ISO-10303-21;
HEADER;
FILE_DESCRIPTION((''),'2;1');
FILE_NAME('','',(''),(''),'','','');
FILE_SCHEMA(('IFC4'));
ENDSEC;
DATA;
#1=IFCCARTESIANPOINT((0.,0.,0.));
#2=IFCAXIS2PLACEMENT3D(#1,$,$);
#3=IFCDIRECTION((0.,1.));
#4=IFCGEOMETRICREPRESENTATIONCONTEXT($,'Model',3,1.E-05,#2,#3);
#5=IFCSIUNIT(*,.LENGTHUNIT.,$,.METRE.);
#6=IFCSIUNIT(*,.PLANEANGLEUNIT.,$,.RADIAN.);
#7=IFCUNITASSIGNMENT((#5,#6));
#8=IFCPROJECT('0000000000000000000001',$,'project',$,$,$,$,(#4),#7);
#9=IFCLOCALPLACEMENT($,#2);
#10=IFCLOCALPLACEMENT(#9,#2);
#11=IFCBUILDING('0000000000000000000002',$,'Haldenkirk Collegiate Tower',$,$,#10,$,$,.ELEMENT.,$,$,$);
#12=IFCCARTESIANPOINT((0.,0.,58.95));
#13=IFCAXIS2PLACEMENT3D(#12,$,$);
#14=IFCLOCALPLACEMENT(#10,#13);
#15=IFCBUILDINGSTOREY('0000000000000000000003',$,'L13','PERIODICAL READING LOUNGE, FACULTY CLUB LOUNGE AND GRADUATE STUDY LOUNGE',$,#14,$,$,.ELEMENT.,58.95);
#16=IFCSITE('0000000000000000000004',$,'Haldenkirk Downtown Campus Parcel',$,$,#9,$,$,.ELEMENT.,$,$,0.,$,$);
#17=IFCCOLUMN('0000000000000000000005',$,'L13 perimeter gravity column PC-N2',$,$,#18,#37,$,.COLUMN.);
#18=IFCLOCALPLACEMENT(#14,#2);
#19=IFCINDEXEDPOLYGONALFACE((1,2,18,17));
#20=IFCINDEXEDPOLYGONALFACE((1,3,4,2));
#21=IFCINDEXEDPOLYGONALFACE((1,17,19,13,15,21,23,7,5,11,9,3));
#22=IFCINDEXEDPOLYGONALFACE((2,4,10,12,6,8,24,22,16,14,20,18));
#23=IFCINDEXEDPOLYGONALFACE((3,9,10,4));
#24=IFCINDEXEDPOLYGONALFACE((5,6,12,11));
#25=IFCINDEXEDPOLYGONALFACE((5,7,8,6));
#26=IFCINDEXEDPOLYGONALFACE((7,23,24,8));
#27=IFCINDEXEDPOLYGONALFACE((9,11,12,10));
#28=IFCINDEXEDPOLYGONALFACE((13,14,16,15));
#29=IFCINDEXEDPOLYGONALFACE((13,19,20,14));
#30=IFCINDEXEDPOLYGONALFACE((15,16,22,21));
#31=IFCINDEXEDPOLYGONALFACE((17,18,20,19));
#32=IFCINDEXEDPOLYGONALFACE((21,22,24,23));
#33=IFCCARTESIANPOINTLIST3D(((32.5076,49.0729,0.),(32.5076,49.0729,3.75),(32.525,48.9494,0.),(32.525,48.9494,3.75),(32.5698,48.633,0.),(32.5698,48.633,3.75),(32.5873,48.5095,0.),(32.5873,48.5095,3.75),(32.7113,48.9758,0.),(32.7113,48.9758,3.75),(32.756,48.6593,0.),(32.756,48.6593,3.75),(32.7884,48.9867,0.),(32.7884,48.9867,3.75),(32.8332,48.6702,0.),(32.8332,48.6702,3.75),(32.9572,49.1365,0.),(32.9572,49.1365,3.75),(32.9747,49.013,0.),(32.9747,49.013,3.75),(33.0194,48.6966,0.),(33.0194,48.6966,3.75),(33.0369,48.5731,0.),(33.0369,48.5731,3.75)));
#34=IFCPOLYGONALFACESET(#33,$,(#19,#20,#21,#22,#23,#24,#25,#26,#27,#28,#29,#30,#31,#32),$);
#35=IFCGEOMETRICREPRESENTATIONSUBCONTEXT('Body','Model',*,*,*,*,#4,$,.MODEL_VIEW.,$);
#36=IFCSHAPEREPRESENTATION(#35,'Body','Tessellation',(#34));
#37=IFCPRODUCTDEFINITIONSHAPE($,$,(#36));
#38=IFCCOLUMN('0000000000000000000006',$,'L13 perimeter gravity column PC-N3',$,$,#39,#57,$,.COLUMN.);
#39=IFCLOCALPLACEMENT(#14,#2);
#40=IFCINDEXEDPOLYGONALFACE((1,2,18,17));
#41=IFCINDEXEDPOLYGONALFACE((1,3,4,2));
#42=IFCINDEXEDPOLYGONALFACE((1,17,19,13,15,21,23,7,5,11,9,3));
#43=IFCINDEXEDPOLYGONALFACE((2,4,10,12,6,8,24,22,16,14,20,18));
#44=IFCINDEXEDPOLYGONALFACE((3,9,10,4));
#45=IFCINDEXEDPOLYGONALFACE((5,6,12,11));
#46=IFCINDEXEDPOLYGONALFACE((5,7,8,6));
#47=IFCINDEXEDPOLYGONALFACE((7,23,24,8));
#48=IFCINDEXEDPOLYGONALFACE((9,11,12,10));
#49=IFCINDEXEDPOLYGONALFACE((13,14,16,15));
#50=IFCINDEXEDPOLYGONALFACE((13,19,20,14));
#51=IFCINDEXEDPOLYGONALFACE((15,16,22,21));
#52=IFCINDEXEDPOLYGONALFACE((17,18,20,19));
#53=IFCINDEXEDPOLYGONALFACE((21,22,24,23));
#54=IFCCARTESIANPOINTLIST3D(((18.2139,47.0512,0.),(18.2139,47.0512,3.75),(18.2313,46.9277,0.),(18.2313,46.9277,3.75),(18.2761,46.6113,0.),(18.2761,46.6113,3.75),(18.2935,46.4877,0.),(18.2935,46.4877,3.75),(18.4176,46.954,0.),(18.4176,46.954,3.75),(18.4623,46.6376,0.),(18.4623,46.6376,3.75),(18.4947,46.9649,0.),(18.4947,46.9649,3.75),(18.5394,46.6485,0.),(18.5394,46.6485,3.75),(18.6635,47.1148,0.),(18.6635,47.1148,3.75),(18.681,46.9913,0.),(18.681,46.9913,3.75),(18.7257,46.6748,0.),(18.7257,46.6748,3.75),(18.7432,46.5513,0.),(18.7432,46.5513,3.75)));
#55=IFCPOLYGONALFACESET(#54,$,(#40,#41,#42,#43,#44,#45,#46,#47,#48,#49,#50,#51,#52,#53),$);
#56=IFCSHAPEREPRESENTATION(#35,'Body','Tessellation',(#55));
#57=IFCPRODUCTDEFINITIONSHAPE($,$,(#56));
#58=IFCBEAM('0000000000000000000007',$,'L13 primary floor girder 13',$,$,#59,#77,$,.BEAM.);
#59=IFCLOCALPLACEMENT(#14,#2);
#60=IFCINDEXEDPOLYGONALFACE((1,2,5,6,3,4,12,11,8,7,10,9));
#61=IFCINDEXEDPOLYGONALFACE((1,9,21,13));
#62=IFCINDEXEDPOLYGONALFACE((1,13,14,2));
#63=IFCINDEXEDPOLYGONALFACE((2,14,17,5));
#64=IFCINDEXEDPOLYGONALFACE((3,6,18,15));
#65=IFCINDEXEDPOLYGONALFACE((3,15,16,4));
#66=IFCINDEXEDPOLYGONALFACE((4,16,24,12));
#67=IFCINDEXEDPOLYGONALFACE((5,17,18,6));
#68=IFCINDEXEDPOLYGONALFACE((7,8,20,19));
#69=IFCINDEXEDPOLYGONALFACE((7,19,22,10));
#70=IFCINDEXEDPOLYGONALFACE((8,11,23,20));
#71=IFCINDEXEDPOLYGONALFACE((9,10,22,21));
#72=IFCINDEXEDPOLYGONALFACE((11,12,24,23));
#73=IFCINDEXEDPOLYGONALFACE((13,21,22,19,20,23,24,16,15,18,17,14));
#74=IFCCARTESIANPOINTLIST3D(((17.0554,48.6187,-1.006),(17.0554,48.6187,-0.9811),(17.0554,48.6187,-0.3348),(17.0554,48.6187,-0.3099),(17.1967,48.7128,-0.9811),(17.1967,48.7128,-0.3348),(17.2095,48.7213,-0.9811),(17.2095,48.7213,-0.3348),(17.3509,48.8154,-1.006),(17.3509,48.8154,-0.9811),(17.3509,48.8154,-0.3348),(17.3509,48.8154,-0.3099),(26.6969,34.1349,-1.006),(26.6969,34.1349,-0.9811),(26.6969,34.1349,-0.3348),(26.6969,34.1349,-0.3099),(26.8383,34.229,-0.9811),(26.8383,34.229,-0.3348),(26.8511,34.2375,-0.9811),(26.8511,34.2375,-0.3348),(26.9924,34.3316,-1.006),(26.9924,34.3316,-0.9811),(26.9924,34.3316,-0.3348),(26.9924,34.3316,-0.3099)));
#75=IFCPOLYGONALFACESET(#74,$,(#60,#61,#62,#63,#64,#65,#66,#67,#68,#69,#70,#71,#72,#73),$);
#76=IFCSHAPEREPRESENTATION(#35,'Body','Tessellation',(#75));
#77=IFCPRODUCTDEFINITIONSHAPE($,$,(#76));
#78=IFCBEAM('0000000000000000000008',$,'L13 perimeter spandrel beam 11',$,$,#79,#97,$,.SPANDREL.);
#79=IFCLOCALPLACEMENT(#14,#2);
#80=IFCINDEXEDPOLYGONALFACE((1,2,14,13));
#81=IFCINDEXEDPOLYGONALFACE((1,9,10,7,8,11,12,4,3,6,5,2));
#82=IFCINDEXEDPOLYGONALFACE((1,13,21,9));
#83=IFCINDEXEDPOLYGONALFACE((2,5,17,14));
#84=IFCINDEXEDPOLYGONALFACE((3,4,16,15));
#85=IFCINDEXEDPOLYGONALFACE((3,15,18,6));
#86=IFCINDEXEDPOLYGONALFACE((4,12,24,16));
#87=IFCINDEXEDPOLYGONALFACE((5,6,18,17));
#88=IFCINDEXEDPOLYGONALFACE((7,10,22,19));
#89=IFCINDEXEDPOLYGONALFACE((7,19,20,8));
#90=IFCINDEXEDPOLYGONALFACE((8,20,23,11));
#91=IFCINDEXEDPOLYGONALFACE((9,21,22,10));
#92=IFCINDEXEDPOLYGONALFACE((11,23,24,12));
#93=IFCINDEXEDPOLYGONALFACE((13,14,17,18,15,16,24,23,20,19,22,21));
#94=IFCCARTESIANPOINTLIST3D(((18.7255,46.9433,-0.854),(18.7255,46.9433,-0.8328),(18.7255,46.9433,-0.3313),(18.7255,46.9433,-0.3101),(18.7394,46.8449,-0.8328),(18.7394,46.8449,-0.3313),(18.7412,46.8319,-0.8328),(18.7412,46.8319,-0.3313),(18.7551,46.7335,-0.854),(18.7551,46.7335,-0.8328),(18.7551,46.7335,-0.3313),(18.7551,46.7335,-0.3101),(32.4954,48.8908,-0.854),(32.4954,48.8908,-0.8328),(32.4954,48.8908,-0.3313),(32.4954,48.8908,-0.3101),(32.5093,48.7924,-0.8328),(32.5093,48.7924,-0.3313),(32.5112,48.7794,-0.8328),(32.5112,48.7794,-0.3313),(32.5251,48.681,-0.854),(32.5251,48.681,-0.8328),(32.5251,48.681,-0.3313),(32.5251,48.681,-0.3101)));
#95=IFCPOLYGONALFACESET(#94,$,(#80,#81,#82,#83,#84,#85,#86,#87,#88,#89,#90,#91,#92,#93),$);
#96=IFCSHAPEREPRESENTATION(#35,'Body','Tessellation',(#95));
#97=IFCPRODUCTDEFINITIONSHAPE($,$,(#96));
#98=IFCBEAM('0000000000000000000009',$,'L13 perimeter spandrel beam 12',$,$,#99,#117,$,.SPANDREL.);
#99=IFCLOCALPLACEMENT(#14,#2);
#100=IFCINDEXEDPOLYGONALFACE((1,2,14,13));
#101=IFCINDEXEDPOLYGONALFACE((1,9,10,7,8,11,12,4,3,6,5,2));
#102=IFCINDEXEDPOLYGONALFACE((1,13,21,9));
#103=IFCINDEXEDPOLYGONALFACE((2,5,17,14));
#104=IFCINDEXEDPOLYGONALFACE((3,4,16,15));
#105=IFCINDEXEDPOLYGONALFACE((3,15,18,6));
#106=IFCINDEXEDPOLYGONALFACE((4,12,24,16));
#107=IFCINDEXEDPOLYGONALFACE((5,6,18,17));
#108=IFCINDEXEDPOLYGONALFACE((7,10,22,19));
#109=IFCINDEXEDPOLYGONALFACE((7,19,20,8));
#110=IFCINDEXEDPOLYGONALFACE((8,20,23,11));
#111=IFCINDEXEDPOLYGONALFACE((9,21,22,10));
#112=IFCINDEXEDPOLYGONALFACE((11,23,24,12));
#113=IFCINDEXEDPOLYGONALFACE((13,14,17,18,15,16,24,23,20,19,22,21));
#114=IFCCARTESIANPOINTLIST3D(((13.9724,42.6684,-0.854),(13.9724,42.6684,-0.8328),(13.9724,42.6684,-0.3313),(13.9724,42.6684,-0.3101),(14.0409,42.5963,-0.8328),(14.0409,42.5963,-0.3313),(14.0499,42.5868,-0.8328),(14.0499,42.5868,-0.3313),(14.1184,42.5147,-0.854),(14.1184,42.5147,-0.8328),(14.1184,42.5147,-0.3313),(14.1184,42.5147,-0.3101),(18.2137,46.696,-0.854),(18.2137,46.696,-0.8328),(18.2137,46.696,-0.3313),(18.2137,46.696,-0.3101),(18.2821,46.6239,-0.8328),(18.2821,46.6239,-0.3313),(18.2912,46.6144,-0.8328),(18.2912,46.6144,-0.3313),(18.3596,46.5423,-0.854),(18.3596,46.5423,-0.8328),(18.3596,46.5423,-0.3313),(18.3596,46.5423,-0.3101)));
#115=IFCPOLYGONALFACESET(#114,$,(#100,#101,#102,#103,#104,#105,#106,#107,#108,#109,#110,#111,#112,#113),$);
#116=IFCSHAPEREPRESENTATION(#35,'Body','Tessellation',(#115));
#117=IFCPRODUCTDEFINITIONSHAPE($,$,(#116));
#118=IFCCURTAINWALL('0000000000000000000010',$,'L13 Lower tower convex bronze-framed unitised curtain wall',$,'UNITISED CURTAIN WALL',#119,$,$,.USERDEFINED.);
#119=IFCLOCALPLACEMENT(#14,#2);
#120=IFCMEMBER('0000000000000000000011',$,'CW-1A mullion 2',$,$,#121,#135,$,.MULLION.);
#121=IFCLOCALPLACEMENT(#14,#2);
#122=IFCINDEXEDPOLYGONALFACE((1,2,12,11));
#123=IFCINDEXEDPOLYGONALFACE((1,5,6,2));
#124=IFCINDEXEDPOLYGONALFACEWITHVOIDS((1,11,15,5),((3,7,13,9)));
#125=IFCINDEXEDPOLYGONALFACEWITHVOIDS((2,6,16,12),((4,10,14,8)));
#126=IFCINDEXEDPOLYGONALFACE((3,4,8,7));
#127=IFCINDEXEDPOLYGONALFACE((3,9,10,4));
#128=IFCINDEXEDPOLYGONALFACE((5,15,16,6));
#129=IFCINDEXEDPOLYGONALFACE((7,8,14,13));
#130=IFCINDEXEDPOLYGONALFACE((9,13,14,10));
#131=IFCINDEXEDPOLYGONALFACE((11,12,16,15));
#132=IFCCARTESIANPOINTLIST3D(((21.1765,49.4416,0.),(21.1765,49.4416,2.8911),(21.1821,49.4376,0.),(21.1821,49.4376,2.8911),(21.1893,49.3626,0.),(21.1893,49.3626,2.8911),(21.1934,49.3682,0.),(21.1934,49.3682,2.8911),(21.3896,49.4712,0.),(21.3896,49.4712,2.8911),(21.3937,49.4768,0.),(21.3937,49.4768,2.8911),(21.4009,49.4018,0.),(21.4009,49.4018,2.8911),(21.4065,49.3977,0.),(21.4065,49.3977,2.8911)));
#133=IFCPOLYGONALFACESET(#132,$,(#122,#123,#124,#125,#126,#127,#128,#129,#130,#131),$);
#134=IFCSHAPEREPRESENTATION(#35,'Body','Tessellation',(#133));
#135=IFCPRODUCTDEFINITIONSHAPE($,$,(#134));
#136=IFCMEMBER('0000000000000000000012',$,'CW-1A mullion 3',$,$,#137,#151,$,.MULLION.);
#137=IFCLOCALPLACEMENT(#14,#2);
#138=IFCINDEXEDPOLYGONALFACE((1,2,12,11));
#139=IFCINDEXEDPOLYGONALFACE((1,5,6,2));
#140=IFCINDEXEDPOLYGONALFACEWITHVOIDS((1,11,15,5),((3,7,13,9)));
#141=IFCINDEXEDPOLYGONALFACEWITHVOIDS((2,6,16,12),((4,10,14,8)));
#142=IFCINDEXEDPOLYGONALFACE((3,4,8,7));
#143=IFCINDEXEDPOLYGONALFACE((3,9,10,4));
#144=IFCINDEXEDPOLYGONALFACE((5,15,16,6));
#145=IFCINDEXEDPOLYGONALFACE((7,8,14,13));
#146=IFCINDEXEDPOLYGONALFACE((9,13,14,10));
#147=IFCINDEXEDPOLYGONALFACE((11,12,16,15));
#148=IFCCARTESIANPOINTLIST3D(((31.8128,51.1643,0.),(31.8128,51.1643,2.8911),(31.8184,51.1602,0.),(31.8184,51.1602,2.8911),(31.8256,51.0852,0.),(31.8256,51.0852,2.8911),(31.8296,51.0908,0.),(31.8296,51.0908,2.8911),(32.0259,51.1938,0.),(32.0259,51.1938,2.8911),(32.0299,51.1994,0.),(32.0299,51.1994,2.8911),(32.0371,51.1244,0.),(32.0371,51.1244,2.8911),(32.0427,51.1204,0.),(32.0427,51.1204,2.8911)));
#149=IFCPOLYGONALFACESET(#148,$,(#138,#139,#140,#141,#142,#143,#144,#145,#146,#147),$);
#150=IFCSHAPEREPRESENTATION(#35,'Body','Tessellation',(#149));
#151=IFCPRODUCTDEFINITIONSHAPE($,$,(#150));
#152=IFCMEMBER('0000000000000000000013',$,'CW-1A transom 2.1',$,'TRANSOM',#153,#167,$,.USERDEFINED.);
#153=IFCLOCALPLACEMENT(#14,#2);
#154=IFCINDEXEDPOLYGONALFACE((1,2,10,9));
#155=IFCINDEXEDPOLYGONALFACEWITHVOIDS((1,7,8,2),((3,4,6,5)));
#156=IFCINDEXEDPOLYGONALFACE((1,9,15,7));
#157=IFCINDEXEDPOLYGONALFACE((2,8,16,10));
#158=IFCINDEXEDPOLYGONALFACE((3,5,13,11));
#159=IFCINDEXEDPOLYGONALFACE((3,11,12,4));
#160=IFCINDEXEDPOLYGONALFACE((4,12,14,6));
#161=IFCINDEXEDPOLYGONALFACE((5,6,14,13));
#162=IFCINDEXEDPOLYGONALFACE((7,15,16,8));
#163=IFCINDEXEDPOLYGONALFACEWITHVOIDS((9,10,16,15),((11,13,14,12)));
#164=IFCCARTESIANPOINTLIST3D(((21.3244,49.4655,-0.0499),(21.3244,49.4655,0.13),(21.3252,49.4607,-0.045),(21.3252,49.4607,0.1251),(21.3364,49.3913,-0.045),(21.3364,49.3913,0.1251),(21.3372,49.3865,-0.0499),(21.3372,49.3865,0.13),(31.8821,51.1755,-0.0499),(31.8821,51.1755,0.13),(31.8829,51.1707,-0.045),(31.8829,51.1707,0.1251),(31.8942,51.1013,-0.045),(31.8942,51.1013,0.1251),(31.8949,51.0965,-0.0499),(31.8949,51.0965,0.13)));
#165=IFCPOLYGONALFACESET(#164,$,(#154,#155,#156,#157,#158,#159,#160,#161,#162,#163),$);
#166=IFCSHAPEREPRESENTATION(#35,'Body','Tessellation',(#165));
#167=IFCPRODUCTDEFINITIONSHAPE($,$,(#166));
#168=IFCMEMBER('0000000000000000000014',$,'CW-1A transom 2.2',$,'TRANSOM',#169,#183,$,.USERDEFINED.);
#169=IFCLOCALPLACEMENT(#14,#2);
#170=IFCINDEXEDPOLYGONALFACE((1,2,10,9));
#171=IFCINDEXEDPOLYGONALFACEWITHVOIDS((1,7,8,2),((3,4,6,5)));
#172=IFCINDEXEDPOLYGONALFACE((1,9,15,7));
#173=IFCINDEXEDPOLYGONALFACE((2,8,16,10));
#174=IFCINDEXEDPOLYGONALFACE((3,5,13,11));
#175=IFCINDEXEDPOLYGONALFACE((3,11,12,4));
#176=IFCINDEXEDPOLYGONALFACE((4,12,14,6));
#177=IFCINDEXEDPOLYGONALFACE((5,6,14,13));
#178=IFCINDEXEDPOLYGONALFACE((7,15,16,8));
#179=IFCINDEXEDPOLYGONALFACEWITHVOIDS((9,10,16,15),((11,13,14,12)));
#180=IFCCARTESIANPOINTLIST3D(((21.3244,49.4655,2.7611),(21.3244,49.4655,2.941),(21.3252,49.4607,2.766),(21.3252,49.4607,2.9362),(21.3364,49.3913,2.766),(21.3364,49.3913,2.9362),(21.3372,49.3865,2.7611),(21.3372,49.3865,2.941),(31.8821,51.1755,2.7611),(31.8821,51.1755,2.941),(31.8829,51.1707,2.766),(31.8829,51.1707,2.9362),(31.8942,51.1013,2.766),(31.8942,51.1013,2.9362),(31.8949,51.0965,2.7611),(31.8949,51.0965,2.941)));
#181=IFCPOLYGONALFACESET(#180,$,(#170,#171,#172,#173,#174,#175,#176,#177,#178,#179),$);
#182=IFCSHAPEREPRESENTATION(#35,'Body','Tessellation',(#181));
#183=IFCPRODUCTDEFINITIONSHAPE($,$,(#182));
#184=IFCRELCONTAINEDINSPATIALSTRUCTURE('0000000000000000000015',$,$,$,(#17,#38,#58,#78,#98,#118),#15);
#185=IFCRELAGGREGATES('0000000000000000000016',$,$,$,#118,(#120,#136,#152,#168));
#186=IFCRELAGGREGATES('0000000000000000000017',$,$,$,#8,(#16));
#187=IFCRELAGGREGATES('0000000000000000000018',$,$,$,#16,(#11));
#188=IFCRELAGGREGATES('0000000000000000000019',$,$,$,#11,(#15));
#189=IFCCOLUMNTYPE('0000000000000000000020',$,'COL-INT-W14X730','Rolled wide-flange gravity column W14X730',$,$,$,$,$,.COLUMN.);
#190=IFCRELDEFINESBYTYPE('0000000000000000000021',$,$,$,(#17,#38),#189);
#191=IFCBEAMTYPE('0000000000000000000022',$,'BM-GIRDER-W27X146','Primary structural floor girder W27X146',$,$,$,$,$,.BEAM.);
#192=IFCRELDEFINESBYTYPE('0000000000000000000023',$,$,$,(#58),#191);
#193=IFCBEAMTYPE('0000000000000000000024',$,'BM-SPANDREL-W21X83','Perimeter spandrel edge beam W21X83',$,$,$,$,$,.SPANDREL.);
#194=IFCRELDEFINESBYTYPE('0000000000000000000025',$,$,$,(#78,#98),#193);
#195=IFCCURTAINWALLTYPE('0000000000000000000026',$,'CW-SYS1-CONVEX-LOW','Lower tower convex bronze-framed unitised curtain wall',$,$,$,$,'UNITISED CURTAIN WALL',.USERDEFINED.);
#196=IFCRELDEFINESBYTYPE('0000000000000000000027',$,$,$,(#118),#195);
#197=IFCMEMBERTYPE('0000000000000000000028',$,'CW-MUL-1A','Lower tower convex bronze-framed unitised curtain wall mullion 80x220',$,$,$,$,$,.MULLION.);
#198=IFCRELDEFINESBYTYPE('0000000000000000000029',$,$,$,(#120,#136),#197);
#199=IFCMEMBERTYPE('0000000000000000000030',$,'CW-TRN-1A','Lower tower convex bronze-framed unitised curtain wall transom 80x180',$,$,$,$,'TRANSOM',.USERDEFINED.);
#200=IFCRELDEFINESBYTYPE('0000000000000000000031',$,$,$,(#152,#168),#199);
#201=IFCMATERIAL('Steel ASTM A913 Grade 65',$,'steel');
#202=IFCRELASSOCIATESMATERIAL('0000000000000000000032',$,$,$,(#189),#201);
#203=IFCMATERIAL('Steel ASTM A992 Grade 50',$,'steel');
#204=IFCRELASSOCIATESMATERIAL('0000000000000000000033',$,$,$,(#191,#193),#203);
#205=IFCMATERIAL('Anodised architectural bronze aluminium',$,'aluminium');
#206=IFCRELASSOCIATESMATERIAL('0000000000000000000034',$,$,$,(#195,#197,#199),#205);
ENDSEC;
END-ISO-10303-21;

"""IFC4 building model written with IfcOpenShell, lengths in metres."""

from ifc_helpers import new_model, si_unit, direction, frame, origin, origin_2d, place, context, subcontext, project, spatial, hollow_rectangle, i_section, extrude, material, material_profile, profile_set, type_object, element, aggregate, save


model = new_model("IFC4")

# Units and contexts
model_context = context("Model", 3, precision=1e-05, world=origin(), true_north=direction((0.0, 1.0)))
body_context = subcontext(model_context, "Body", "Model", "MODEL_VIEW")
ifc_project = project(units=[si_unit("LENGTHUNIT", "METRE"), si_unit("PLANEANGLEUNIT", "RADIAN")], contexts=[model_context])

# Site, building, storey
site_placement = place(None, origin())
site = spatial("IfcSite", under=ifc_project, at=site_placement, Name="Haldenkirk Downtown Campus Parcel", CompositionType="ELEMENT", RefElevation=0.0)
building_placement = place(site_placement, origin())
building = spatial("IfcBuilding", under=site, at=building_placement, Name="Haldenkirk Collegiate Tower", CompositionType="ELEMENT")
storey_placement = place(building_placement, frame((0.0, 0.0, 58.95)))
storey = spatial("IfcBuildingStorey", under=building, at=storey_placement, Name="L13", Description="PERIODICAL READING LOUNGE, FACULTY CLUB LOUNGE AND GRADUATE STUDY LOUNGE", CompositionType="ELEMENT", Elevation=58.95)

# Columns
ifc_material_1 = material(Name="Steel ASTM A913 Grade 65", Category="steel")
ifc_material_profile_1 = material_profile(ifc_material_1, i_section(OverallWidth=0.4541, OverallDepth=0.5691, WebThickness=0.0779, FlangeThickness=0.1248, at=origin_2d()), Name="W14X730")
ifc_profile_set_1 = profile_set([ifc_material_profile_1], Name="Steel ASTM A913 Grade 65")
column_type = type_object("IfcColumnType", Name="COL-INT-W14X730", Description="Rolled wide-flange gravity column W14X730", PredefinedType="COLUMN", material=ifc_profile_set_1)
for number, where, z_axis, x_axis, name in (
    (1, (32.7722, 48.823, 0.0), (0.0, 0.0, 1.0), (0.990146, 0.140037, 0.0), "L13 perimeter gravity column PC-N2"),
    (2, (18.4785, 46.8013, 0.0), (0.0, 0.0, 1.0), (0.990146, 0.140037, 0.0), "L13 perimeter gravity column PC-N3"),
):
    element("IfcColumn", number, at=place(storey_placement, frame(where, z_axis=z_axis, x_axis=x_axis)), inside=storey, type_object=column_type, Name=name, PredefinedType="COLUMN", context=body_context, shape_type="SweptSolid", body=[
        extrude(i_section(OverallWidth=0.4541, OverallDepth=0.5691, WebThickness=0.0779, FlangeThickness=0.1248, at=origin_2d()), origin(), (0.0, 0.0, 1.0), 3.75),
    ])

# Beams
ifc_material_2 = material(Name="Steel ASTM A992 Grade 50", Category="steel")
ifc_material_profile_2 = material_profile(ifc_material_2, i_section(OverallWidth=0.355, OverallDepth=0.696, WebThickness=0.0154, FlangeThickness=0.0249, at=origin_2d()), Name="W27X146")
ifc_profile_set_2 = profile_set([ifc_material_profile_2], Name="Steel ASTM A992 Grade 50")
beam_type_1 = type_object("IfcBeamType", Name="BM-GIRDER-W27X146", Description="Primary structural floor girder W27X146", PredefinedType="BEAM", material=ifc_profile_set_2)
beam_1_placement = place(storey_placement, frame((17.2031, 48.717, -0.658), z_axis=(0.55413, -0.83243, 0.0), x_axis=(0.83243, 0.55413, 0.0)))
element("IfcBeam", 3, at=beam_1_placement, inside=storey, type_object=beam_type_1, Name="L13 primary floor girder 13", PredefinedType="BEAM", context=body_context, shape_type="SweptSolid", body=[
    extrude(i_section(OverallWidth=0.355, OverallDepth=0.696, WebThickness=0.0154, FlangeThickness=0.0249, at=origin_2d()), origin(), (0.0, 0.0, 1.0), 17.3994),
])
ifc_material_profile_3 = material_profile(ifc_material_2, i_section(OverallWidth=0.2119, OverallDepth=0.5439, WebThickness=0.0132, FlangeThickness=0.0212, at=origin_2d()), Name="W21X83")
ifc_profile_set_3 = profile_set([ifc_material_profile_3], Name="Steel ASTM A992 Grade 50")
beam_type_2 = type_object("IfcBeamType", Name="BM-SPANDREL-W21X83", Description="Perimeter spandrel edge beam W21X83", PredefinedType="SPANDREL", material=ifc_profile_set_3)
beam_2_placement = place(storey_placement, frame((32.5103, 48.7859, -0.582), z_axis=(-0.990146, -0.140038, 0.0), x_axis=(0.140038, -0.990146, 0.0)))
element("IfcBeam", 4, at=beam_2_placement, inside=storey, type_object=beam_type_2, Name="L13 perimeter spandrel beam 11", PredefinedType="SPANDREL", context=body_context, shape_type="SweptSolid", body=[
    extrude(i_section(OverallWidth=0.2119, OverallDepth=0.5439, WebThickness=0.0132, FlangeThickness=0.0212, at=origin_2d()), origin(), (0.0, 0.0, 1.0), 13.907),
])
beam_3_placement = place(storey_placement, frame((18.2866, 46.6191, -0.582), z_axis=(-0.725133, -0.688609, 0.0), x_axis=(0.688609, -0.725133, 0.0)))
element("IfcBeam", 5, at=beam_3_placement, inside=storey, type_object=beam_type_2, Name="L13 perimeter spandrel beam 12", PredefinedType="SPANDREL", context=body_context, shape_type="SweptSolid", body=[
    extrude(i_section(OverallWidth=0.2119, OverallDepth=0.5439, WebThickness=0.0132, FlangeThickness=0.0212, at=origin_2d()), origin(), (0.0, 0.0, 1.0), 5.8489),
])

# Curtain wall, members
ifc_material_3 = material(Name="Anodised architectural bronze aluminium", Category="aluminium")
curtain_wall_type = type_object("IfcCurtainWallType", Name="CW-SYS1-CONVEX-LOW", Description="Lower tower convex bronze-framed unitised curtain wall", ElementType="UNITISED CURTAIN WALL", PredefinedType="USERDEFINED", material=ifc_material_3)
curtain_wall_placement = place(storey_placement, origin())
curtain_wall = element("IfcCurtainWall", 6, at=curtain_wall_placement, inside=storey, type_object=curtain_wall_type, Name="L13 Lower tower convex bronze-framed unitised curtain wall", ObjectType="UNITISED CURTAIN WALL", PredefinedType="USERDEFINED")
ifc_material_profile_4 = material_profile(ifc_material_3, hollow_rectangle(XDim=0.0801, YDim=0.22, WallThickness=0.0049, at=origin_2d()), Name="CW-MUL-1A")
ifc_profile_set_4 = profile_set([ifc_material_profile_4], Name="Anodised architectural bronze aluminium")
member_type_1 = type_object("IfcMemberType", Name="CW-MUL-1A", Description="Lower tower convex bronze-framed unitised curtain wall mullion 80x220", PredefinedType="MULLION", material=ifc_profile_set_4)
member_1_placement = place(storey_placement, frame((21.2915, 49.4197, 0.0), z_axis=(0.0, 0.0, 1.0), x_axis=(-0.159881, 0.987136, 0.0)))
member_1 = element("IfcMember", 7, at=member_1_placement, type_object=member_type_1, Name="CW-1A mullion 2", PredefinedType="MULLION", context=body_context, shape_type="SweptSolid", body=[
    extrude(hollow_rectangle(XDim=0.0801, YDim=0.22, WallThickness=0.0049, at=origin_2d()), origin(), (0.0, 0.0, 1.0), 2.8911),
])
member_2_placement = place(storey_placement, frame((31.9277, 51.1423, 0.0), z_axis=(0.0, 0.0, 1.0), x_axis=(-0.159881, 0.987136, 0.0)))
member_2 = element("IfcMember", 8, at=member_2_placement, type_object=member_type_1, Name="CW-1A mullion 3", PredefinedType="MULLION", context=body_context, shape_type="SweptSolid", body=[
    extrude(hollow_rectangle(XDim=0.0801, YDim=0.22, WallThickness=0.0049, at=origin_2d()), origin(), (0.0, 0.0, 1.0), 2.8911),
])
ifc_material_profile_5 = material_profile(ifc_material_3, hollow_rectangle(XDim=0.0801, YDim=0.1799, WallThickness=0.0049, at=origin_2d()), Name="CW-TRN-1A")
ifc_profile_set_5 = profile_set([ifc_material_profile_5], Name="Anodised architectural bronze aluminium")
member_type_2 = type_object("IfcMemberType", Name="CW-TRN-1A", Description="Lower tower convex bronze-framed unitised curtain wall transom 80x180", ElementType="TRANSOM", PredefinedType="USERDEFINED", material=ifc_profile_set_5)
member_3_placement = place(storey_placement, frame((21.3308, 49.426, 0.04), z_axis=(0.987136, 0.159881, 0.0), x_axis=(-0.159881, 0.987136, 0.0)))
member_3 = element("IfcMember", 9, at=member_3_placement, type_object=member_type_2, Name="CW-1A transom 2.1", ObjectType="TRANSOM", PredefinedType="USERDEFINED", context=body_context, shape_type="SweptSolid", body=[
    extrude(hollow_rectangle(XDim=0.0801, YDim=0.1799, WallThickness=0.0049, at=origin_2d()), origin(), (0.0, 0.0, 1.0), 10.6953),
])
member_4_placement = place(storey_placement, frame((21.3308, 49.426, 2.8511), z_axis=(0.987136, 0.159881, 0.0), x_axis=(-0.159881, 0.987136, 0.0)))
member_4 = element("IfcMember", 10, at=member_4_placement, type_object=member_type_2, Name="CW-1A transom 2.2", ObjectType="TRANSOM", PredefinedType="USERDEFINED", context=body_context, shape_type="SweptSolid", body=[
    extrude(hollow_rectangle(XDim=0.0801, YDim=0.1799, WallThickness=0.0049, at=origin_2d()), origin(), (0.0, 0.0, 1.0), 10.6953),
])

aggregate(curtain_wall, [member_1, member_2, member_3, member_4])

save(model, "model.ifc")
